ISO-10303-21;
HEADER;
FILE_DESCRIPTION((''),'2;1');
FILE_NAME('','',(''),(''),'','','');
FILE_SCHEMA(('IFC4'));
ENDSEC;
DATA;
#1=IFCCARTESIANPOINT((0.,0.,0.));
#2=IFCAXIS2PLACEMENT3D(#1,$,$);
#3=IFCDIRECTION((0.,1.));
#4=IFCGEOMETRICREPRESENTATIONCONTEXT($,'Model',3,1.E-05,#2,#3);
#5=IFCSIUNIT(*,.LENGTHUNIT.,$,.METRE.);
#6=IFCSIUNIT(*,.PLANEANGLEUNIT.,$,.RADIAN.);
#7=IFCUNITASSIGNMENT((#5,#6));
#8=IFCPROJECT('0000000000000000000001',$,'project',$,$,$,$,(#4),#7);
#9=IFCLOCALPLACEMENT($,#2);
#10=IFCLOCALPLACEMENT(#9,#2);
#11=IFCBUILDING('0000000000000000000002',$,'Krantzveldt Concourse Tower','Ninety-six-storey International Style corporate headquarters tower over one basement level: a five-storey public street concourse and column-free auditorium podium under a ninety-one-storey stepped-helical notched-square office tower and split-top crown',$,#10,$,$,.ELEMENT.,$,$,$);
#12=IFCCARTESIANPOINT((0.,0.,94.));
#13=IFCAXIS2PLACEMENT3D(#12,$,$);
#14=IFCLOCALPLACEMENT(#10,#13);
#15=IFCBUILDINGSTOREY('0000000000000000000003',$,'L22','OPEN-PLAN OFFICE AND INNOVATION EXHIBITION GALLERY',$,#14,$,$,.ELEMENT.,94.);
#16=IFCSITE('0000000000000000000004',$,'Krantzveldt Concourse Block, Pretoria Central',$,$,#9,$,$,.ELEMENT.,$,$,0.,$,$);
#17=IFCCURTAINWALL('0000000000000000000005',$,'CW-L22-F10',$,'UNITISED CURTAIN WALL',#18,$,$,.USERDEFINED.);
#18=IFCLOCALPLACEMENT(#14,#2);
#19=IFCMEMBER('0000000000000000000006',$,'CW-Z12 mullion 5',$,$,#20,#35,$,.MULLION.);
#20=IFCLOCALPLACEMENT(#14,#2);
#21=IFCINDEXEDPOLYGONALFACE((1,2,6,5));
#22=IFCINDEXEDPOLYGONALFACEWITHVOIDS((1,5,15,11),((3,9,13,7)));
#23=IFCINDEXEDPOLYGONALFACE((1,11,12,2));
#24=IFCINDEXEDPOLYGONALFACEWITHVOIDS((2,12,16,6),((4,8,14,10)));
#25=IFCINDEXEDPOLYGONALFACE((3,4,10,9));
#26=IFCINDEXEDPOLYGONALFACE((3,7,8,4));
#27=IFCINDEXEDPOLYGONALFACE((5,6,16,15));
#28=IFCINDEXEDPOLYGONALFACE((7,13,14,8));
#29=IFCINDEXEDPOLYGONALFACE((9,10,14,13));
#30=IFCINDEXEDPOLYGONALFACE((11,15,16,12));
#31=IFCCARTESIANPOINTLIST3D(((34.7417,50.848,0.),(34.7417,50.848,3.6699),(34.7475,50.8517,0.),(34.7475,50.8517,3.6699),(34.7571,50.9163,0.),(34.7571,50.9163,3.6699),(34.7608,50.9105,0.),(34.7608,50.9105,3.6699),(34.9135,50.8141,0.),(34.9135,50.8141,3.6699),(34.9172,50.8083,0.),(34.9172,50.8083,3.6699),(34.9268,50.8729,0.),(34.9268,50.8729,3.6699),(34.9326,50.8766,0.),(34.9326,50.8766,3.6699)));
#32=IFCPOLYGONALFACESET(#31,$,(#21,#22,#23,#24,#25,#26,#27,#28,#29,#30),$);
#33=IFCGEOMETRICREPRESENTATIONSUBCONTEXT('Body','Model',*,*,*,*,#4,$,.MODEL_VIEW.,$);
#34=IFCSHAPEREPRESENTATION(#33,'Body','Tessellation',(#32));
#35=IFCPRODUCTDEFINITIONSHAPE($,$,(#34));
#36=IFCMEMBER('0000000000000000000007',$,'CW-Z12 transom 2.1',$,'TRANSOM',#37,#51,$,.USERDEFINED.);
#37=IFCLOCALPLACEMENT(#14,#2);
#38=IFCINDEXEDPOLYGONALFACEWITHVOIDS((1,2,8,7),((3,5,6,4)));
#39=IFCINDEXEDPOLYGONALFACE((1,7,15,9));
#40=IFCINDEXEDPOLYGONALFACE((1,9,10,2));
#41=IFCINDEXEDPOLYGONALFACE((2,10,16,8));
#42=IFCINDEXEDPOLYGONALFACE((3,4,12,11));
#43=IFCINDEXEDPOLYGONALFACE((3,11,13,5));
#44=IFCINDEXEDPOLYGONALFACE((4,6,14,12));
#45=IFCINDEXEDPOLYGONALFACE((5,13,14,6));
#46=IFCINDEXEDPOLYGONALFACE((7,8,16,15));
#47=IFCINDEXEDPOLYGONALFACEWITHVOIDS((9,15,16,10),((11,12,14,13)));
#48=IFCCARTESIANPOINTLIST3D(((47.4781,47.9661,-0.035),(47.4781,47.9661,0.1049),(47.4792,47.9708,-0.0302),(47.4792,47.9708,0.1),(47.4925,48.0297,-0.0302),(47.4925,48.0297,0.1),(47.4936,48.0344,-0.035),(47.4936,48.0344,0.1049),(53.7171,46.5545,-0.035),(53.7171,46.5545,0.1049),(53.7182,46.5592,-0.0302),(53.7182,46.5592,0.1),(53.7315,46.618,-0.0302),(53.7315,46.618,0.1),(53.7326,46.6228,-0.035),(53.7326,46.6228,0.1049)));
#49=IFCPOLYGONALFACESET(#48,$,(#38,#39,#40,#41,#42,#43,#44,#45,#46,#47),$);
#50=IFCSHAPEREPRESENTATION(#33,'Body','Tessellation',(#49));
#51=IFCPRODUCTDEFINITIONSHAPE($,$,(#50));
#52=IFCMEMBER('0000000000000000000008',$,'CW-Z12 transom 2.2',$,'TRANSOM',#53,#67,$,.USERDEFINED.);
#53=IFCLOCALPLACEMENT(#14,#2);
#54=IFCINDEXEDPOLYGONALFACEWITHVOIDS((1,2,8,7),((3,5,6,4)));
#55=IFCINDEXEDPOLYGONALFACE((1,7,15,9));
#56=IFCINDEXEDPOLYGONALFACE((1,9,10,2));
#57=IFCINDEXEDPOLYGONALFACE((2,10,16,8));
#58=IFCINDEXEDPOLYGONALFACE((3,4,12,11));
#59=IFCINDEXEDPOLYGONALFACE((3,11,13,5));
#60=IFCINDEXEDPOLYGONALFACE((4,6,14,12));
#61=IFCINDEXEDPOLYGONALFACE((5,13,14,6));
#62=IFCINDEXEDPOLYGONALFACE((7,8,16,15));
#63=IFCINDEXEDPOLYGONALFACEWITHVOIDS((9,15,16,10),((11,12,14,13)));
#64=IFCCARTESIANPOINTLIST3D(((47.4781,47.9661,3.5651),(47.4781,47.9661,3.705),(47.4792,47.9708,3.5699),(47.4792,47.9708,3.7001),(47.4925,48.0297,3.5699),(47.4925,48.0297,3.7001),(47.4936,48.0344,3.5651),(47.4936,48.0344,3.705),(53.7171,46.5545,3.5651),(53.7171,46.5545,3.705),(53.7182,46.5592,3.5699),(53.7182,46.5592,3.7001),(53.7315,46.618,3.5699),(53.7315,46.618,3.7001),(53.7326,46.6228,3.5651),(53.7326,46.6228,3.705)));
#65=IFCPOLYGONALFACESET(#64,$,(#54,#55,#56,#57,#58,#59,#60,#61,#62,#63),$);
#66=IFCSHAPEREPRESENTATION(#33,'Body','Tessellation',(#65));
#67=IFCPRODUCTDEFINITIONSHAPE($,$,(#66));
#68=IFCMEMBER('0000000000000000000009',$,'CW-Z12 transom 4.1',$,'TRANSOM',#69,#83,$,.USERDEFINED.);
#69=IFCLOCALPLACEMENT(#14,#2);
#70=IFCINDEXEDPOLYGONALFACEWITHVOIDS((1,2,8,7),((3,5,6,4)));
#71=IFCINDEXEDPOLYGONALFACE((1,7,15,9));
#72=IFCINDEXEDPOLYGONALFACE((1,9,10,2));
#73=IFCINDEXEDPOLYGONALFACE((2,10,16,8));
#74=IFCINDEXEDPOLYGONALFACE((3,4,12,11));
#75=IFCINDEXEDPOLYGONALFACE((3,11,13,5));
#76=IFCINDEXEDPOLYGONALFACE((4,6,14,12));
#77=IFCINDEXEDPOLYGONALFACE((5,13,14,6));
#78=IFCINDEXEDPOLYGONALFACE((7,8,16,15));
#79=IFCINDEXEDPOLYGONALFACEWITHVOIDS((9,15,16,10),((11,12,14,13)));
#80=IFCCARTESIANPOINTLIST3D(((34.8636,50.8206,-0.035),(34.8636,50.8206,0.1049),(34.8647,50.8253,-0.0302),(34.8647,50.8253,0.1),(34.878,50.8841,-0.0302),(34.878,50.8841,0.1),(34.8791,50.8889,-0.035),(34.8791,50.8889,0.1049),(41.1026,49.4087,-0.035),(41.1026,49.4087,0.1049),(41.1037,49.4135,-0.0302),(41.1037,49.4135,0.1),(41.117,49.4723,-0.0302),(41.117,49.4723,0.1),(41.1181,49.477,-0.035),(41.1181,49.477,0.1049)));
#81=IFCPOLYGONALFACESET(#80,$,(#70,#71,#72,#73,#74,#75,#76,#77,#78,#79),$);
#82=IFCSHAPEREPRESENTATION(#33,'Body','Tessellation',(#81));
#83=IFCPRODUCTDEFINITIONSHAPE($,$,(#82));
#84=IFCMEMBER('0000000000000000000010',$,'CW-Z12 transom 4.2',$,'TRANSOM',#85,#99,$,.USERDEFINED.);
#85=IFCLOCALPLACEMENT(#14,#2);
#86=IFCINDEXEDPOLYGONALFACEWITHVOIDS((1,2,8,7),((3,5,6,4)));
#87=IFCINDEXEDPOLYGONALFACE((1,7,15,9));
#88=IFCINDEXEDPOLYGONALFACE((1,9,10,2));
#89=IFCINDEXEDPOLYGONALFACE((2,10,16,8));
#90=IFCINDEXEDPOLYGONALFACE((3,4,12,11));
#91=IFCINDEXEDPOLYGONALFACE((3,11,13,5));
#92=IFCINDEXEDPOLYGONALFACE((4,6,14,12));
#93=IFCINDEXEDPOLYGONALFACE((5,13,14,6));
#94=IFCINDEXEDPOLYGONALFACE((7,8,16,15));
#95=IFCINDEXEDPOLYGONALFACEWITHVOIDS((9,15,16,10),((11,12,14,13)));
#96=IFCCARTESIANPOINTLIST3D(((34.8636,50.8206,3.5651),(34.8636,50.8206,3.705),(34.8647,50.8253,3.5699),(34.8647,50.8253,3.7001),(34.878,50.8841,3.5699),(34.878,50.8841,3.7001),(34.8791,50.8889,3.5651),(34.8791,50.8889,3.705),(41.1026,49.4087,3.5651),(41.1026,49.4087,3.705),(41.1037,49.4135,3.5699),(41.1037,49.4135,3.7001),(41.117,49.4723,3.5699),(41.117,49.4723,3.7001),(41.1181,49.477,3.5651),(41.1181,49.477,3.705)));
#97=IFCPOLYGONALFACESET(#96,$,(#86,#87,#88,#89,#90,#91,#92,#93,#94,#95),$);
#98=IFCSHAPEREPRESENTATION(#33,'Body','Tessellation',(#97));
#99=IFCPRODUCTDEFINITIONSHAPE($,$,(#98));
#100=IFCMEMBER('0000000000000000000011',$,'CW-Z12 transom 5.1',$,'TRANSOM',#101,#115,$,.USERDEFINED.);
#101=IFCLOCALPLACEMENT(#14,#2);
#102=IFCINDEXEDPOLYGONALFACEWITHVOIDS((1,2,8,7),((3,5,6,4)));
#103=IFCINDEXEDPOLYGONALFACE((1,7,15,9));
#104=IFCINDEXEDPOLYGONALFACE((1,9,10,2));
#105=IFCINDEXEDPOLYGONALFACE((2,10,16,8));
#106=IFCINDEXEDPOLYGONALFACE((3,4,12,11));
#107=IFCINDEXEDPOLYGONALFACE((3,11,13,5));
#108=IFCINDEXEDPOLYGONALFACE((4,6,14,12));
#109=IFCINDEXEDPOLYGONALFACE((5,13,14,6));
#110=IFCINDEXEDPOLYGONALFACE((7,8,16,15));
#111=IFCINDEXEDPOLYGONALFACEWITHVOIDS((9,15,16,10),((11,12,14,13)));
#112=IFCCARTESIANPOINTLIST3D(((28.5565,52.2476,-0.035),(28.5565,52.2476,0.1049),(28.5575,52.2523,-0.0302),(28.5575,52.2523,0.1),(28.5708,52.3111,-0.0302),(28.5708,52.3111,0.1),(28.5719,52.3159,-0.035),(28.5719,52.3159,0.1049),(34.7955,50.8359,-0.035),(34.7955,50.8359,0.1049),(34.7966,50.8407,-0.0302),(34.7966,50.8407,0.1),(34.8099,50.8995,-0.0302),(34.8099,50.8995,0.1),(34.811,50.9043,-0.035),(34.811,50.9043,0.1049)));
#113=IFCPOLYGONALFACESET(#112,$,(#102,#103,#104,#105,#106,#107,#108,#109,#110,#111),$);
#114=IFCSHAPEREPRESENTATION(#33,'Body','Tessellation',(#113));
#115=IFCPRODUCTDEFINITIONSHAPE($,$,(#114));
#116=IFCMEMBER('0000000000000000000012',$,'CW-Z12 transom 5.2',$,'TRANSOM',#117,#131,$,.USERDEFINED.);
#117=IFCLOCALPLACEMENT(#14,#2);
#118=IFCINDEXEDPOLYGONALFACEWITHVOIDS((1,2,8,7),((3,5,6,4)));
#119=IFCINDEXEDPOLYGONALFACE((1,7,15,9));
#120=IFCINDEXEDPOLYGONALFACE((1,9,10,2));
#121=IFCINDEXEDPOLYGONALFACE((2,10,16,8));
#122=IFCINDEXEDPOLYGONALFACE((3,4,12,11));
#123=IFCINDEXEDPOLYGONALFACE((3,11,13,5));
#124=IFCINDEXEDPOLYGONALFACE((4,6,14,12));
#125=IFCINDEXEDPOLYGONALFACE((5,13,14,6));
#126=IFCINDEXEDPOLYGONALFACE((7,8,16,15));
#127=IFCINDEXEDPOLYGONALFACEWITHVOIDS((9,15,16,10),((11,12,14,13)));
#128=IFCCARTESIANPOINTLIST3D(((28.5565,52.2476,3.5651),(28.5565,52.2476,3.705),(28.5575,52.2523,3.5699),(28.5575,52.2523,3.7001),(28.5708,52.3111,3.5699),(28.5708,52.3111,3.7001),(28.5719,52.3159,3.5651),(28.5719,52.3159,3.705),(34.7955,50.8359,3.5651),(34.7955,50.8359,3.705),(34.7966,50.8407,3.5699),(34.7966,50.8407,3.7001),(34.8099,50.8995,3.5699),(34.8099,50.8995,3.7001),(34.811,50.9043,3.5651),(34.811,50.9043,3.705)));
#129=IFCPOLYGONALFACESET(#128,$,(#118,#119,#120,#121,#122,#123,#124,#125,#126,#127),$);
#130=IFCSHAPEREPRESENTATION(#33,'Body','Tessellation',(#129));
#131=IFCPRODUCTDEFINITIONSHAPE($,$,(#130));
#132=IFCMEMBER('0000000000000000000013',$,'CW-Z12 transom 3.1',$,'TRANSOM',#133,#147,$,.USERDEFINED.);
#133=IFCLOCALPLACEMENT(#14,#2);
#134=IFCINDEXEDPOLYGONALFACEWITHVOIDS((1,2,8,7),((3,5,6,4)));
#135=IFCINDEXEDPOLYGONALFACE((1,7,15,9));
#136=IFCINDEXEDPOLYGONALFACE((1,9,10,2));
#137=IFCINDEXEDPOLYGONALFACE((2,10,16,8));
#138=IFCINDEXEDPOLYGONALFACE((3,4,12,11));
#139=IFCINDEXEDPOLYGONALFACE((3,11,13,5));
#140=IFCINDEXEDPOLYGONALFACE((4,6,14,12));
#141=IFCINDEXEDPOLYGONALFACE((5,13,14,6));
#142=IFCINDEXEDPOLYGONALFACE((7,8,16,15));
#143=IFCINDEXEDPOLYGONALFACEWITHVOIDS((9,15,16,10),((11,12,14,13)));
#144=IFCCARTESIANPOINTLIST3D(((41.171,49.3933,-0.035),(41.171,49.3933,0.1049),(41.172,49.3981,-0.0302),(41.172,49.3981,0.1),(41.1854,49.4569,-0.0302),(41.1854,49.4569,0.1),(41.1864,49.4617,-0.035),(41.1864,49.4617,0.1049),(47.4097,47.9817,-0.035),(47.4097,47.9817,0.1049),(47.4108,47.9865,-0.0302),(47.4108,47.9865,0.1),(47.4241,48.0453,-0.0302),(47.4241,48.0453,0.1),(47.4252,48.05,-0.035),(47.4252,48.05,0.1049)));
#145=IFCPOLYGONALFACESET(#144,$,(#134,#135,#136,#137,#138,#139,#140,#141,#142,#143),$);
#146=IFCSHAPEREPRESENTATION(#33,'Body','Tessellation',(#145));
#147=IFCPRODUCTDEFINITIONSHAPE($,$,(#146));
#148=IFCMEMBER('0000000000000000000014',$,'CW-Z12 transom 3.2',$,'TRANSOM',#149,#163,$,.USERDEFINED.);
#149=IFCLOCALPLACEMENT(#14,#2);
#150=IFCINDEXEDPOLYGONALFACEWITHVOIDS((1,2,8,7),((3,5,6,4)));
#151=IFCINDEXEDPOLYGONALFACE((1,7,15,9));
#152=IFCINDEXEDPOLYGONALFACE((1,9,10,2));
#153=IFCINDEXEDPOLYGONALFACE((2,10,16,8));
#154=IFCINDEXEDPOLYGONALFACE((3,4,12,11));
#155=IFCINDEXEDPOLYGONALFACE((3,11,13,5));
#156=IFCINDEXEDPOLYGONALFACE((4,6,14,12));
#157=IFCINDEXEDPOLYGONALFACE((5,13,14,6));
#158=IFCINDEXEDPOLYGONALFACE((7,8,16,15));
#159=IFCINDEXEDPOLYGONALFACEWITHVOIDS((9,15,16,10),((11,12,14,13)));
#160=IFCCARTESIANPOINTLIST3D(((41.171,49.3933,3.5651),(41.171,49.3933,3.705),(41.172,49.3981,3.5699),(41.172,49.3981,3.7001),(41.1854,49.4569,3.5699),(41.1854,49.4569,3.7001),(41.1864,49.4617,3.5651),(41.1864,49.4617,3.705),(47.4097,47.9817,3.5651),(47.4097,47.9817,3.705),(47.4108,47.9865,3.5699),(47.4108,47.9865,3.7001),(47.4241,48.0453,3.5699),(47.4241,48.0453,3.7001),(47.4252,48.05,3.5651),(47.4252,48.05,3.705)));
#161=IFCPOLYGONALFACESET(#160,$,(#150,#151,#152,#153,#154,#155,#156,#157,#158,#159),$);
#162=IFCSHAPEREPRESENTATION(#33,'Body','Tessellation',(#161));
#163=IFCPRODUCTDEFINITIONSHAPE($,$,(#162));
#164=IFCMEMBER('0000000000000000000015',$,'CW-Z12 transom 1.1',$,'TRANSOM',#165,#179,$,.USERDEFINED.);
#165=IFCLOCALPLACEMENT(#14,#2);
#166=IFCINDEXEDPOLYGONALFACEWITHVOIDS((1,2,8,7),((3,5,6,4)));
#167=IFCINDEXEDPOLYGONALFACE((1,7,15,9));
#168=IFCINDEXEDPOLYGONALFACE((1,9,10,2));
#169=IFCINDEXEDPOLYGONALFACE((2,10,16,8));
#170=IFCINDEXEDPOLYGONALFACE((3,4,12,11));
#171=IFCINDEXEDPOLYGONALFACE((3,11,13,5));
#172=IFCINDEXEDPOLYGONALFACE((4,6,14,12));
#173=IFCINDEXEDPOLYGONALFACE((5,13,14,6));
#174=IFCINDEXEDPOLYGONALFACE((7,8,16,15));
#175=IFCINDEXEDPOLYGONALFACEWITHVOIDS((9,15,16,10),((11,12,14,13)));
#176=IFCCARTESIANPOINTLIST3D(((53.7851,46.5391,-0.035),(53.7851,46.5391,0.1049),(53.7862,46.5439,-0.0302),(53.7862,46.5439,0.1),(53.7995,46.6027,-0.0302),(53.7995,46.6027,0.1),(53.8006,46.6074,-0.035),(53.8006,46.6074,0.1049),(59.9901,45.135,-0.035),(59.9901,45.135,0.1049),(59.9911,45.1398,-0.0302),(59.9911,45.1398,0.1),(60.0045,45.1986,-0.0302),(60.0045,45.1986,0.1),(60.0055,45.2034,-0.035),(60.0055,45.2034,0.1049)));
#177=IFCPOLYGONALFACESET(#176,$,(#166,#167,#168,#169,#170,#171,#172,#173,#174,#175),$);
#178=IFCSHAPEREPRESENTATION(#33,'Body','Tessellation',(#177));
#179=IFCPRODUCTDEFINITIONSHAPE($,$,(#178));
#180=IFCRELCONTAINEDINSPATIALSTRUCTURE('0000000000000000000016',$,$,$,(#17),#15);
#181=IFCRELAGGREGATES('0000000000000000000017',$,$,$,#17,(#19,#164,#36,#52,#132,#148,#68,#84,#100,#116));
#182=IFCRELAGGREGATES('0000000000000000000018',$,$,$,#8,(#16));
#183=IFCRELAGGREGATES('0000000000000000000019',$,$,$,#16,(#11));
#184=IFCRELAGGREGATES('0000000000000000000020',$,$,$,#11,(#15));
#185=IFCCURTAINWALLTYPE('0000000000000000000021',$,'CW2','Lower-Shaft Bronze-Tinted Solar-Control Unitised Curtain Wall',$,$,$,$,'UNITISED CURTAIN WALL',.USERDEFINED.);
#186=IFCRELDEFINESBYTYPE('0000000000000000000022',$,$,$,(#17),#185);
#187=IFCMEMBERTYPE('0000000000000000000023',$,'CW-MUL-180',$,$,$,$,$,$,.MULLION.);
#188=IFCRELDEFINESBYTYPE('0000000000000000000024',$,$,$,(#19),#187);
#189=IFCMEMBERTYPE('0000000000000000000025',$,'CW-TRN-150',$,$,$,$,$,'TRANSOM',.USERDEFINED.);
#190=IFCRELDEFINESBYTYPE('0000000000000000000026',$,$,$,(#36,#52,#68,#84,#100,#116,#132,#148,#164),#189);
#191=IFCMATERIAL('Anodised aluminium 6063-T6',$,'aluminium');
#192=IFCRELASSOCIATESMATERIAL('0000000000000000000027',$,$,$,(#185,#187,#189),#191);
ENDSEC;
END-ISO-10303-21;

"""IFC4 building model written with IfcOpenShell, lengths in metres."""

from ifc_helpers import new_model, si_unit, direction, frame, origin, origin_2d, place, context, subcontext, project, spatial, hollow_rectangle, extrude, source, transform, mapped, material, material_profile, profile_set, type_object, type_shapes, element, aggregate, save


model = new_model("IFC4")

# Units and contexts
model_context = context("Model", 3, precision=1e-05, world=origin(), true_north=direction((0.0, 1.0)))
body_context = subcontext(model_context, "Body", "Model", "MODEL_VIEW")
ifc_project = project(units=[si_unit("LENGTHUNIT", "METRE"), si_unit("PLANEANGLEUNIT", "RADIAN")], contexts=[model_context])

# Site, building, storey
site_placement = place(None, origin())
site = spatial("IfcSite", under=ifc_project, at=site_placement, Name="Krantzveldt Concourse Block, Pretoria Central", CompositionType="ELEMENT", RefElevation=0.0)
building_placement = place(site_placement, origin())
building = spatial("IfcBuilding", under=site, at=building_placement, Name="Krantzveldt Concourse Tower", Description="Ninety-six-storey International Style corporate headquarters tower over one basement level: a five-storey public street concourse and column-free auditorium podium under a ninety-one-storey stepped-helical notched-square office tower and split-top crown", CompositionType="ELEMENT")
storey_placement = place(building_placement, frame((0.0, 0.0, 94.0)))
storey = spatial("IfcBuildingStorey", under=building, at=storey_placement, Name="L22", Description="OPEN-PLAN OFFICE AND INNOVATION EXHIBITION GALLERY", CompositionType="ELEMENT", Elevation=94.0)

# Shared definitions
ifc_material_1 = material(Name="Anodised aluminium 6063-T6", Category="aluminium")
curtain_wall_type = type_object("IfcCurtainWallType", Name="CW2", Description="Lower-Shaft Bronze-Tinted Solar-Control Unitised Curtain Wall", ElementType="UNITISED CURTAIN WALL", PredefinedType="USERDEFINED", material=ifc_material_1)
ifc_material_profile_1 = material_profile(ifc_material_1, hollow_rectangle(XDim=0.0701, YDim=0.1799, WallThickness=0.0049, at=origin_2d()), Name="Anodised aluminium 6063-T6", Category="aluminium")
ifc_profile_set_1 = profile_set([ifc_material_profile_1], Name="Anodised aluminium 6063-T6 - ALU-MULL 180x70x5")
member_type_1 = type_object("IfcMemberType", Name="CW-MUL-180", PredefinedType="MULLION", material=ifc_profile_set_1)
shared_shape_1 = source(origin(), body_context, "Body", "SweptSolid", [
    extrude(hollow_rectangle(XDim=0.0701, YDim=0.1799, WallThickness=0.0049, at=origin_2d()), origin(), (0.0, 0.0, 1.0), 3.6699),
])
type_shapes(member_type_1, [shared_shape_1])

# Curtain wall, members
curtain_wall_1_placement = place(storey_placement, origin())
curtain_wall_1 = element("IfcCurtainWall", 1, at=curtain_wall_1_placement, inside=storey, type_object=curtain_wall_type, Name="CW-L22-F10", ObjectType="UNITISED CURTAIN WALL", PredefinedType="USERDEFINED")
member_1_placement = place(storey_placement, frame((34.8372, 50.8623, 0.0), z_axis=(0.0, 0.0, 1.0), x_axis=(-0.220697, -0.975342, 0.0)))
member_1 = element("IfcMember", 2, at=member_1_placement, type_object=member_type_1, Name="CW-Z12 mullion 5", PredefinedType="MULLION", context=body_context, shape_type="MappedRepresentation", body=[
    mapped(shared_shape_1, transform((0.0, 0.0, 0.0), x_axis=(1.0, 0.0, 0.0), y_axis=(0.0, 1.0, 0.0), z_axis=(0.0, 0.0, 1.0), scale=1.0)),
])
ifc_material_profile_2 = material_profile(ifc_material_1, hollow_rectangle(XDim=0.0701, YDim=0.1399, WallThickness=0.0049, at=origin_2d()), Name="Anodised aluminium 6063-T6", Category="aluminium")
ifc_profile_set_2 = profile_set([ifc_material_profile_2], Name="Anodised aluminium 6063-T6 - ALU-TRAN 140x70x5")
member_type_2 = type_object("IfcMemberType", Name="CW-TRN-150", ElementType="TRANSOM", PredefinedType="USERDEFINED", material=ifc_profile_set_2)
shared_shape_2 = source(origin(), body_context, "Body", "SweptSolid", [
    extrude(hollow_rectangle(XDim=0.0701, YDim=0.1399, WallThickness=0.0049, at=origin_2d()), origin(), (0.0, 0.0, 1.0), 6.3967),
])
member_2_placement = place(storey_placement, frame((53.7249, 46.5886, 0.0349), z_axis=(-0.975346, 0.220679, 0.0), x_axis=(-0.220679, -0.975346, 0.0)))
member_2 = element("IfcMember", 3, at=member_2_placement, type_object=member_type_2, Name="CW-Z12 transom 2.1", ObjectType="TRANSOM", PredefinedType="USERDEFINED", context=body_context, shape_type="MappedRepresentation", body=[
    mapped(shared_shape_2, transform((0.0, 0.0, 0.0), x_axis=(1.0, 0.0, 0.0), y_axis=(0.0, 1.0, 0.0), z_axis=(0.0, 0.0, 1.0), scale=1.0)),
])
member_3_placement = place(storey_placement, frame((53.7249, 46.5886, 3.635), z_axis=(-0.975346, 0.220679, 0.0), x_axis=(-0.220679, -0.975346, 0.0)))
member_3 = element("IfcMember", 4, at=member_3_placement, type_object=member_type_2, Name="CW-Z12 transom 2.2", ObjectType="TRANSOM", PredefinedType="USERDEFINED", context=body_context, shape_type="MappedRepresentation", body=[
    mapped(shared_shape_2, transform((0.0, 0.0, 0.0), x_axis=(1.0, 0.0, 0.0), y_axis=(0.0, 1.0, 0.0), z_axis=(0.0, 0.0, 1.0), scale=1.0)),
])
member_4_placement = place(storey_placement, frame((41.1104, 49.4429, 0.0349), z_axis=(-0.975338, 0.220715, 0.0), x_axis=(-0.220715, -0.975338, 0.0)))
member_4 = element("IfcMember", 5, at=member_4_placement, type_object=member_type_2, Name="CW-Z12 transom 4.1", ObjectType="TRANSOM", PredefinedType="USERDEFINED", context=body_context, shape_type="MappedRepresentation", body=[
    mapped(shared_shape_2, transform((0.0, 0.0, 0.0), x_axis=(1.0, 0.0, 0.0), y_axis=(0.0, 1.0, 0.0), z_axis=(0.0, 0.0, 1.0), scale=1.0)),
])
member_5_placement = place(storey_placement, frame((41.1104, 49.4429, 3.635), z_axis=(-0.975338, 0.220715, 0.0), x_axis=(-0.220715, -0.975338, 0.0)))
member_5 = element("IfcMember", 6, at=member_5_placement, type_object=member_type_2, Name="CW-Z12 transom 4.2", ObjectType="TRANSOM", PredefinedType="USERDEFINED", context=body_context, shape_type="MappedRepresentation", body=[
    mapped(shared_shape_2, transform((0.0, 0.0, 0.0), x_axis=(1.0, 0.0, 0.0), y_axis=(0.0, 1.0, 0.0), z_axis=(0.0, 0.0, 1.0), scale=1.0)),
])
member_6_placement = place(storey_placement, frame((34.8032, 50.8701, 0.0349), z_axis=(-0.975346, 0.220679, 0.0), x_axis=(-0.220679, -0.975346, 0.0)))
member_6 = element("IfcMember", 7, at=member_6_placement, type_object=member_type_2, Name="CW-Z12 transom 5.1", ObjectType="TRANSOM", PredefinedType="USERDEFINED", context=body_context, shape_type="MappedRepresentation", body=[
    mapped(shared_shape_2, transform((0.0, 0.0, 0.0), x_axis=(1.0, 0.0, 0.0), y_axis=(0.0, 1.0, 0.0), z_axis=(0.0, 0.0, 1.0), scale=1.0)),
])
member_7_placement = place(storey_placement, frame((34.8032, 50.8701, 3.635), z_axis=(-0.975346, 0.220679, 0.0), x_axis=(-0.220679, -0.975346, 0.0)))
member_7 = element("IfcMember", 8, at=member_7_placement, type_object=member_type_2, Name="CW-Z12 transom 5.2", ObjectType="TRANSOM", PredefinedType="USERDEFINED", context=body_context, shape_type="MappedRepresentation", body=[
    mapped(shared_shape_2, transform((0.0, 0.0, 0.0), x_axis=(1.0, 0.0, 0.0), y_axis=(0.0, 1.0, 0.0), z_axis=(0.0, 0.0, 1.0), scale=1.0)),
])
shared_shape_3 = source(origin(), body_context, "Body", "SweptSolid", [
    extrude(hollow_rectangle(XDim=0.0701, YDim=0.1399, WallThickness=0.0049, at=origin_2d()), origin(), (0.0, 0.0, 1.0), 6.3965),
])
member_8_placement = place(storey_placement, frame((47.4175, 48.0159, 0.0349), z_axis=(-0.975345, 0.220687, 0.0), x_axis=(-0.220687, -0.975345, 0.0)))
member_8 = element("IfcMember", 9, at=member_8_placement, type_object=member_type_2, Name="CW-Z12 transom 3.1", ObjectType="TRANSOM", PredefinedType="USERDEFINED", context=body_context, shape_type="MappedRepresentation", body=[
    mapped(shared_shape_3, transform((0.0, 0.0, 0.0), x_axis=(1.0, 0.0, 0.0), y_axis=(0.0, 1.0, 0.0), z_axis=(0.0, 0.0, 1.0), scale=1.0)),
])
member_9_placement = place(storey_placement, frame((47.4175, 48.0159, 3.635), z_axis=(-0.975345, 0.220687, 0.0), x_axis=(-0.220687, -0.975345, 0.0)))
member_9 = element("IfcMember", 10, at=member_9_placement, type_object=member_type_2, Name="CW-Z12 transom 3.2", ObjectType="TRANSOM", PredefinedType="USERDEFINED", context=body_context, shape_type="MappedRepresentation", body=[
    mapped(shared_shape_3, transform((0.0, 0.0, 0.0), x_axis=(1.0, 0.0, 0.0), y_axis=(0.0, 1.0, 0.0), z_axis=(0.0, 0.0, 1.0), scale=1.0)),
])
shared_shape_4 = source(origin(), body_context, "Body", "SweptSolid", [
    extrude(hollow_rectangle(XDim=0.0701, YDim=0.1399, WallThickness=0.0049, at=origin_2d()), origin(), (0.0, 0.0, 1.0), 6.3618),
])
type_shapes(member_type_2, [shared_shape_2, shared_shape_3, shared_shape_4])
member_10_placement = place(storey_placement, frame((59.9978, 45.1692, 0.0349), z_axis=(-0.975341, 0.220704, 0.0), x_axis=(-0.220704, -0.975341, 0.0)))
member_10 = element("IfcMember", 11, at=member_10_placement, type_object=member_type_2, Name="CW-Z12 transom 1.1", ObjectType="TRANSOM", PredefinedType="USERDEFINED", context=body_context, shape_type="MappedRepresentation", body=[
    mapped(shared_shape_4, transform((0.0, 0.0, 0.0), x_axis=(1.0, 0.0, 0.0), y_axis=(0.0, 1.0, 0.0), z_axis=(0.0, 0.0, 1.0), scale=1.0)),
])

aggregate(curtain_wall_1, [member_1, member_10, member_2, member_3, member_8, member_9, member_4, member_5, member_6, member_7])

save(model, "model.ifc")
